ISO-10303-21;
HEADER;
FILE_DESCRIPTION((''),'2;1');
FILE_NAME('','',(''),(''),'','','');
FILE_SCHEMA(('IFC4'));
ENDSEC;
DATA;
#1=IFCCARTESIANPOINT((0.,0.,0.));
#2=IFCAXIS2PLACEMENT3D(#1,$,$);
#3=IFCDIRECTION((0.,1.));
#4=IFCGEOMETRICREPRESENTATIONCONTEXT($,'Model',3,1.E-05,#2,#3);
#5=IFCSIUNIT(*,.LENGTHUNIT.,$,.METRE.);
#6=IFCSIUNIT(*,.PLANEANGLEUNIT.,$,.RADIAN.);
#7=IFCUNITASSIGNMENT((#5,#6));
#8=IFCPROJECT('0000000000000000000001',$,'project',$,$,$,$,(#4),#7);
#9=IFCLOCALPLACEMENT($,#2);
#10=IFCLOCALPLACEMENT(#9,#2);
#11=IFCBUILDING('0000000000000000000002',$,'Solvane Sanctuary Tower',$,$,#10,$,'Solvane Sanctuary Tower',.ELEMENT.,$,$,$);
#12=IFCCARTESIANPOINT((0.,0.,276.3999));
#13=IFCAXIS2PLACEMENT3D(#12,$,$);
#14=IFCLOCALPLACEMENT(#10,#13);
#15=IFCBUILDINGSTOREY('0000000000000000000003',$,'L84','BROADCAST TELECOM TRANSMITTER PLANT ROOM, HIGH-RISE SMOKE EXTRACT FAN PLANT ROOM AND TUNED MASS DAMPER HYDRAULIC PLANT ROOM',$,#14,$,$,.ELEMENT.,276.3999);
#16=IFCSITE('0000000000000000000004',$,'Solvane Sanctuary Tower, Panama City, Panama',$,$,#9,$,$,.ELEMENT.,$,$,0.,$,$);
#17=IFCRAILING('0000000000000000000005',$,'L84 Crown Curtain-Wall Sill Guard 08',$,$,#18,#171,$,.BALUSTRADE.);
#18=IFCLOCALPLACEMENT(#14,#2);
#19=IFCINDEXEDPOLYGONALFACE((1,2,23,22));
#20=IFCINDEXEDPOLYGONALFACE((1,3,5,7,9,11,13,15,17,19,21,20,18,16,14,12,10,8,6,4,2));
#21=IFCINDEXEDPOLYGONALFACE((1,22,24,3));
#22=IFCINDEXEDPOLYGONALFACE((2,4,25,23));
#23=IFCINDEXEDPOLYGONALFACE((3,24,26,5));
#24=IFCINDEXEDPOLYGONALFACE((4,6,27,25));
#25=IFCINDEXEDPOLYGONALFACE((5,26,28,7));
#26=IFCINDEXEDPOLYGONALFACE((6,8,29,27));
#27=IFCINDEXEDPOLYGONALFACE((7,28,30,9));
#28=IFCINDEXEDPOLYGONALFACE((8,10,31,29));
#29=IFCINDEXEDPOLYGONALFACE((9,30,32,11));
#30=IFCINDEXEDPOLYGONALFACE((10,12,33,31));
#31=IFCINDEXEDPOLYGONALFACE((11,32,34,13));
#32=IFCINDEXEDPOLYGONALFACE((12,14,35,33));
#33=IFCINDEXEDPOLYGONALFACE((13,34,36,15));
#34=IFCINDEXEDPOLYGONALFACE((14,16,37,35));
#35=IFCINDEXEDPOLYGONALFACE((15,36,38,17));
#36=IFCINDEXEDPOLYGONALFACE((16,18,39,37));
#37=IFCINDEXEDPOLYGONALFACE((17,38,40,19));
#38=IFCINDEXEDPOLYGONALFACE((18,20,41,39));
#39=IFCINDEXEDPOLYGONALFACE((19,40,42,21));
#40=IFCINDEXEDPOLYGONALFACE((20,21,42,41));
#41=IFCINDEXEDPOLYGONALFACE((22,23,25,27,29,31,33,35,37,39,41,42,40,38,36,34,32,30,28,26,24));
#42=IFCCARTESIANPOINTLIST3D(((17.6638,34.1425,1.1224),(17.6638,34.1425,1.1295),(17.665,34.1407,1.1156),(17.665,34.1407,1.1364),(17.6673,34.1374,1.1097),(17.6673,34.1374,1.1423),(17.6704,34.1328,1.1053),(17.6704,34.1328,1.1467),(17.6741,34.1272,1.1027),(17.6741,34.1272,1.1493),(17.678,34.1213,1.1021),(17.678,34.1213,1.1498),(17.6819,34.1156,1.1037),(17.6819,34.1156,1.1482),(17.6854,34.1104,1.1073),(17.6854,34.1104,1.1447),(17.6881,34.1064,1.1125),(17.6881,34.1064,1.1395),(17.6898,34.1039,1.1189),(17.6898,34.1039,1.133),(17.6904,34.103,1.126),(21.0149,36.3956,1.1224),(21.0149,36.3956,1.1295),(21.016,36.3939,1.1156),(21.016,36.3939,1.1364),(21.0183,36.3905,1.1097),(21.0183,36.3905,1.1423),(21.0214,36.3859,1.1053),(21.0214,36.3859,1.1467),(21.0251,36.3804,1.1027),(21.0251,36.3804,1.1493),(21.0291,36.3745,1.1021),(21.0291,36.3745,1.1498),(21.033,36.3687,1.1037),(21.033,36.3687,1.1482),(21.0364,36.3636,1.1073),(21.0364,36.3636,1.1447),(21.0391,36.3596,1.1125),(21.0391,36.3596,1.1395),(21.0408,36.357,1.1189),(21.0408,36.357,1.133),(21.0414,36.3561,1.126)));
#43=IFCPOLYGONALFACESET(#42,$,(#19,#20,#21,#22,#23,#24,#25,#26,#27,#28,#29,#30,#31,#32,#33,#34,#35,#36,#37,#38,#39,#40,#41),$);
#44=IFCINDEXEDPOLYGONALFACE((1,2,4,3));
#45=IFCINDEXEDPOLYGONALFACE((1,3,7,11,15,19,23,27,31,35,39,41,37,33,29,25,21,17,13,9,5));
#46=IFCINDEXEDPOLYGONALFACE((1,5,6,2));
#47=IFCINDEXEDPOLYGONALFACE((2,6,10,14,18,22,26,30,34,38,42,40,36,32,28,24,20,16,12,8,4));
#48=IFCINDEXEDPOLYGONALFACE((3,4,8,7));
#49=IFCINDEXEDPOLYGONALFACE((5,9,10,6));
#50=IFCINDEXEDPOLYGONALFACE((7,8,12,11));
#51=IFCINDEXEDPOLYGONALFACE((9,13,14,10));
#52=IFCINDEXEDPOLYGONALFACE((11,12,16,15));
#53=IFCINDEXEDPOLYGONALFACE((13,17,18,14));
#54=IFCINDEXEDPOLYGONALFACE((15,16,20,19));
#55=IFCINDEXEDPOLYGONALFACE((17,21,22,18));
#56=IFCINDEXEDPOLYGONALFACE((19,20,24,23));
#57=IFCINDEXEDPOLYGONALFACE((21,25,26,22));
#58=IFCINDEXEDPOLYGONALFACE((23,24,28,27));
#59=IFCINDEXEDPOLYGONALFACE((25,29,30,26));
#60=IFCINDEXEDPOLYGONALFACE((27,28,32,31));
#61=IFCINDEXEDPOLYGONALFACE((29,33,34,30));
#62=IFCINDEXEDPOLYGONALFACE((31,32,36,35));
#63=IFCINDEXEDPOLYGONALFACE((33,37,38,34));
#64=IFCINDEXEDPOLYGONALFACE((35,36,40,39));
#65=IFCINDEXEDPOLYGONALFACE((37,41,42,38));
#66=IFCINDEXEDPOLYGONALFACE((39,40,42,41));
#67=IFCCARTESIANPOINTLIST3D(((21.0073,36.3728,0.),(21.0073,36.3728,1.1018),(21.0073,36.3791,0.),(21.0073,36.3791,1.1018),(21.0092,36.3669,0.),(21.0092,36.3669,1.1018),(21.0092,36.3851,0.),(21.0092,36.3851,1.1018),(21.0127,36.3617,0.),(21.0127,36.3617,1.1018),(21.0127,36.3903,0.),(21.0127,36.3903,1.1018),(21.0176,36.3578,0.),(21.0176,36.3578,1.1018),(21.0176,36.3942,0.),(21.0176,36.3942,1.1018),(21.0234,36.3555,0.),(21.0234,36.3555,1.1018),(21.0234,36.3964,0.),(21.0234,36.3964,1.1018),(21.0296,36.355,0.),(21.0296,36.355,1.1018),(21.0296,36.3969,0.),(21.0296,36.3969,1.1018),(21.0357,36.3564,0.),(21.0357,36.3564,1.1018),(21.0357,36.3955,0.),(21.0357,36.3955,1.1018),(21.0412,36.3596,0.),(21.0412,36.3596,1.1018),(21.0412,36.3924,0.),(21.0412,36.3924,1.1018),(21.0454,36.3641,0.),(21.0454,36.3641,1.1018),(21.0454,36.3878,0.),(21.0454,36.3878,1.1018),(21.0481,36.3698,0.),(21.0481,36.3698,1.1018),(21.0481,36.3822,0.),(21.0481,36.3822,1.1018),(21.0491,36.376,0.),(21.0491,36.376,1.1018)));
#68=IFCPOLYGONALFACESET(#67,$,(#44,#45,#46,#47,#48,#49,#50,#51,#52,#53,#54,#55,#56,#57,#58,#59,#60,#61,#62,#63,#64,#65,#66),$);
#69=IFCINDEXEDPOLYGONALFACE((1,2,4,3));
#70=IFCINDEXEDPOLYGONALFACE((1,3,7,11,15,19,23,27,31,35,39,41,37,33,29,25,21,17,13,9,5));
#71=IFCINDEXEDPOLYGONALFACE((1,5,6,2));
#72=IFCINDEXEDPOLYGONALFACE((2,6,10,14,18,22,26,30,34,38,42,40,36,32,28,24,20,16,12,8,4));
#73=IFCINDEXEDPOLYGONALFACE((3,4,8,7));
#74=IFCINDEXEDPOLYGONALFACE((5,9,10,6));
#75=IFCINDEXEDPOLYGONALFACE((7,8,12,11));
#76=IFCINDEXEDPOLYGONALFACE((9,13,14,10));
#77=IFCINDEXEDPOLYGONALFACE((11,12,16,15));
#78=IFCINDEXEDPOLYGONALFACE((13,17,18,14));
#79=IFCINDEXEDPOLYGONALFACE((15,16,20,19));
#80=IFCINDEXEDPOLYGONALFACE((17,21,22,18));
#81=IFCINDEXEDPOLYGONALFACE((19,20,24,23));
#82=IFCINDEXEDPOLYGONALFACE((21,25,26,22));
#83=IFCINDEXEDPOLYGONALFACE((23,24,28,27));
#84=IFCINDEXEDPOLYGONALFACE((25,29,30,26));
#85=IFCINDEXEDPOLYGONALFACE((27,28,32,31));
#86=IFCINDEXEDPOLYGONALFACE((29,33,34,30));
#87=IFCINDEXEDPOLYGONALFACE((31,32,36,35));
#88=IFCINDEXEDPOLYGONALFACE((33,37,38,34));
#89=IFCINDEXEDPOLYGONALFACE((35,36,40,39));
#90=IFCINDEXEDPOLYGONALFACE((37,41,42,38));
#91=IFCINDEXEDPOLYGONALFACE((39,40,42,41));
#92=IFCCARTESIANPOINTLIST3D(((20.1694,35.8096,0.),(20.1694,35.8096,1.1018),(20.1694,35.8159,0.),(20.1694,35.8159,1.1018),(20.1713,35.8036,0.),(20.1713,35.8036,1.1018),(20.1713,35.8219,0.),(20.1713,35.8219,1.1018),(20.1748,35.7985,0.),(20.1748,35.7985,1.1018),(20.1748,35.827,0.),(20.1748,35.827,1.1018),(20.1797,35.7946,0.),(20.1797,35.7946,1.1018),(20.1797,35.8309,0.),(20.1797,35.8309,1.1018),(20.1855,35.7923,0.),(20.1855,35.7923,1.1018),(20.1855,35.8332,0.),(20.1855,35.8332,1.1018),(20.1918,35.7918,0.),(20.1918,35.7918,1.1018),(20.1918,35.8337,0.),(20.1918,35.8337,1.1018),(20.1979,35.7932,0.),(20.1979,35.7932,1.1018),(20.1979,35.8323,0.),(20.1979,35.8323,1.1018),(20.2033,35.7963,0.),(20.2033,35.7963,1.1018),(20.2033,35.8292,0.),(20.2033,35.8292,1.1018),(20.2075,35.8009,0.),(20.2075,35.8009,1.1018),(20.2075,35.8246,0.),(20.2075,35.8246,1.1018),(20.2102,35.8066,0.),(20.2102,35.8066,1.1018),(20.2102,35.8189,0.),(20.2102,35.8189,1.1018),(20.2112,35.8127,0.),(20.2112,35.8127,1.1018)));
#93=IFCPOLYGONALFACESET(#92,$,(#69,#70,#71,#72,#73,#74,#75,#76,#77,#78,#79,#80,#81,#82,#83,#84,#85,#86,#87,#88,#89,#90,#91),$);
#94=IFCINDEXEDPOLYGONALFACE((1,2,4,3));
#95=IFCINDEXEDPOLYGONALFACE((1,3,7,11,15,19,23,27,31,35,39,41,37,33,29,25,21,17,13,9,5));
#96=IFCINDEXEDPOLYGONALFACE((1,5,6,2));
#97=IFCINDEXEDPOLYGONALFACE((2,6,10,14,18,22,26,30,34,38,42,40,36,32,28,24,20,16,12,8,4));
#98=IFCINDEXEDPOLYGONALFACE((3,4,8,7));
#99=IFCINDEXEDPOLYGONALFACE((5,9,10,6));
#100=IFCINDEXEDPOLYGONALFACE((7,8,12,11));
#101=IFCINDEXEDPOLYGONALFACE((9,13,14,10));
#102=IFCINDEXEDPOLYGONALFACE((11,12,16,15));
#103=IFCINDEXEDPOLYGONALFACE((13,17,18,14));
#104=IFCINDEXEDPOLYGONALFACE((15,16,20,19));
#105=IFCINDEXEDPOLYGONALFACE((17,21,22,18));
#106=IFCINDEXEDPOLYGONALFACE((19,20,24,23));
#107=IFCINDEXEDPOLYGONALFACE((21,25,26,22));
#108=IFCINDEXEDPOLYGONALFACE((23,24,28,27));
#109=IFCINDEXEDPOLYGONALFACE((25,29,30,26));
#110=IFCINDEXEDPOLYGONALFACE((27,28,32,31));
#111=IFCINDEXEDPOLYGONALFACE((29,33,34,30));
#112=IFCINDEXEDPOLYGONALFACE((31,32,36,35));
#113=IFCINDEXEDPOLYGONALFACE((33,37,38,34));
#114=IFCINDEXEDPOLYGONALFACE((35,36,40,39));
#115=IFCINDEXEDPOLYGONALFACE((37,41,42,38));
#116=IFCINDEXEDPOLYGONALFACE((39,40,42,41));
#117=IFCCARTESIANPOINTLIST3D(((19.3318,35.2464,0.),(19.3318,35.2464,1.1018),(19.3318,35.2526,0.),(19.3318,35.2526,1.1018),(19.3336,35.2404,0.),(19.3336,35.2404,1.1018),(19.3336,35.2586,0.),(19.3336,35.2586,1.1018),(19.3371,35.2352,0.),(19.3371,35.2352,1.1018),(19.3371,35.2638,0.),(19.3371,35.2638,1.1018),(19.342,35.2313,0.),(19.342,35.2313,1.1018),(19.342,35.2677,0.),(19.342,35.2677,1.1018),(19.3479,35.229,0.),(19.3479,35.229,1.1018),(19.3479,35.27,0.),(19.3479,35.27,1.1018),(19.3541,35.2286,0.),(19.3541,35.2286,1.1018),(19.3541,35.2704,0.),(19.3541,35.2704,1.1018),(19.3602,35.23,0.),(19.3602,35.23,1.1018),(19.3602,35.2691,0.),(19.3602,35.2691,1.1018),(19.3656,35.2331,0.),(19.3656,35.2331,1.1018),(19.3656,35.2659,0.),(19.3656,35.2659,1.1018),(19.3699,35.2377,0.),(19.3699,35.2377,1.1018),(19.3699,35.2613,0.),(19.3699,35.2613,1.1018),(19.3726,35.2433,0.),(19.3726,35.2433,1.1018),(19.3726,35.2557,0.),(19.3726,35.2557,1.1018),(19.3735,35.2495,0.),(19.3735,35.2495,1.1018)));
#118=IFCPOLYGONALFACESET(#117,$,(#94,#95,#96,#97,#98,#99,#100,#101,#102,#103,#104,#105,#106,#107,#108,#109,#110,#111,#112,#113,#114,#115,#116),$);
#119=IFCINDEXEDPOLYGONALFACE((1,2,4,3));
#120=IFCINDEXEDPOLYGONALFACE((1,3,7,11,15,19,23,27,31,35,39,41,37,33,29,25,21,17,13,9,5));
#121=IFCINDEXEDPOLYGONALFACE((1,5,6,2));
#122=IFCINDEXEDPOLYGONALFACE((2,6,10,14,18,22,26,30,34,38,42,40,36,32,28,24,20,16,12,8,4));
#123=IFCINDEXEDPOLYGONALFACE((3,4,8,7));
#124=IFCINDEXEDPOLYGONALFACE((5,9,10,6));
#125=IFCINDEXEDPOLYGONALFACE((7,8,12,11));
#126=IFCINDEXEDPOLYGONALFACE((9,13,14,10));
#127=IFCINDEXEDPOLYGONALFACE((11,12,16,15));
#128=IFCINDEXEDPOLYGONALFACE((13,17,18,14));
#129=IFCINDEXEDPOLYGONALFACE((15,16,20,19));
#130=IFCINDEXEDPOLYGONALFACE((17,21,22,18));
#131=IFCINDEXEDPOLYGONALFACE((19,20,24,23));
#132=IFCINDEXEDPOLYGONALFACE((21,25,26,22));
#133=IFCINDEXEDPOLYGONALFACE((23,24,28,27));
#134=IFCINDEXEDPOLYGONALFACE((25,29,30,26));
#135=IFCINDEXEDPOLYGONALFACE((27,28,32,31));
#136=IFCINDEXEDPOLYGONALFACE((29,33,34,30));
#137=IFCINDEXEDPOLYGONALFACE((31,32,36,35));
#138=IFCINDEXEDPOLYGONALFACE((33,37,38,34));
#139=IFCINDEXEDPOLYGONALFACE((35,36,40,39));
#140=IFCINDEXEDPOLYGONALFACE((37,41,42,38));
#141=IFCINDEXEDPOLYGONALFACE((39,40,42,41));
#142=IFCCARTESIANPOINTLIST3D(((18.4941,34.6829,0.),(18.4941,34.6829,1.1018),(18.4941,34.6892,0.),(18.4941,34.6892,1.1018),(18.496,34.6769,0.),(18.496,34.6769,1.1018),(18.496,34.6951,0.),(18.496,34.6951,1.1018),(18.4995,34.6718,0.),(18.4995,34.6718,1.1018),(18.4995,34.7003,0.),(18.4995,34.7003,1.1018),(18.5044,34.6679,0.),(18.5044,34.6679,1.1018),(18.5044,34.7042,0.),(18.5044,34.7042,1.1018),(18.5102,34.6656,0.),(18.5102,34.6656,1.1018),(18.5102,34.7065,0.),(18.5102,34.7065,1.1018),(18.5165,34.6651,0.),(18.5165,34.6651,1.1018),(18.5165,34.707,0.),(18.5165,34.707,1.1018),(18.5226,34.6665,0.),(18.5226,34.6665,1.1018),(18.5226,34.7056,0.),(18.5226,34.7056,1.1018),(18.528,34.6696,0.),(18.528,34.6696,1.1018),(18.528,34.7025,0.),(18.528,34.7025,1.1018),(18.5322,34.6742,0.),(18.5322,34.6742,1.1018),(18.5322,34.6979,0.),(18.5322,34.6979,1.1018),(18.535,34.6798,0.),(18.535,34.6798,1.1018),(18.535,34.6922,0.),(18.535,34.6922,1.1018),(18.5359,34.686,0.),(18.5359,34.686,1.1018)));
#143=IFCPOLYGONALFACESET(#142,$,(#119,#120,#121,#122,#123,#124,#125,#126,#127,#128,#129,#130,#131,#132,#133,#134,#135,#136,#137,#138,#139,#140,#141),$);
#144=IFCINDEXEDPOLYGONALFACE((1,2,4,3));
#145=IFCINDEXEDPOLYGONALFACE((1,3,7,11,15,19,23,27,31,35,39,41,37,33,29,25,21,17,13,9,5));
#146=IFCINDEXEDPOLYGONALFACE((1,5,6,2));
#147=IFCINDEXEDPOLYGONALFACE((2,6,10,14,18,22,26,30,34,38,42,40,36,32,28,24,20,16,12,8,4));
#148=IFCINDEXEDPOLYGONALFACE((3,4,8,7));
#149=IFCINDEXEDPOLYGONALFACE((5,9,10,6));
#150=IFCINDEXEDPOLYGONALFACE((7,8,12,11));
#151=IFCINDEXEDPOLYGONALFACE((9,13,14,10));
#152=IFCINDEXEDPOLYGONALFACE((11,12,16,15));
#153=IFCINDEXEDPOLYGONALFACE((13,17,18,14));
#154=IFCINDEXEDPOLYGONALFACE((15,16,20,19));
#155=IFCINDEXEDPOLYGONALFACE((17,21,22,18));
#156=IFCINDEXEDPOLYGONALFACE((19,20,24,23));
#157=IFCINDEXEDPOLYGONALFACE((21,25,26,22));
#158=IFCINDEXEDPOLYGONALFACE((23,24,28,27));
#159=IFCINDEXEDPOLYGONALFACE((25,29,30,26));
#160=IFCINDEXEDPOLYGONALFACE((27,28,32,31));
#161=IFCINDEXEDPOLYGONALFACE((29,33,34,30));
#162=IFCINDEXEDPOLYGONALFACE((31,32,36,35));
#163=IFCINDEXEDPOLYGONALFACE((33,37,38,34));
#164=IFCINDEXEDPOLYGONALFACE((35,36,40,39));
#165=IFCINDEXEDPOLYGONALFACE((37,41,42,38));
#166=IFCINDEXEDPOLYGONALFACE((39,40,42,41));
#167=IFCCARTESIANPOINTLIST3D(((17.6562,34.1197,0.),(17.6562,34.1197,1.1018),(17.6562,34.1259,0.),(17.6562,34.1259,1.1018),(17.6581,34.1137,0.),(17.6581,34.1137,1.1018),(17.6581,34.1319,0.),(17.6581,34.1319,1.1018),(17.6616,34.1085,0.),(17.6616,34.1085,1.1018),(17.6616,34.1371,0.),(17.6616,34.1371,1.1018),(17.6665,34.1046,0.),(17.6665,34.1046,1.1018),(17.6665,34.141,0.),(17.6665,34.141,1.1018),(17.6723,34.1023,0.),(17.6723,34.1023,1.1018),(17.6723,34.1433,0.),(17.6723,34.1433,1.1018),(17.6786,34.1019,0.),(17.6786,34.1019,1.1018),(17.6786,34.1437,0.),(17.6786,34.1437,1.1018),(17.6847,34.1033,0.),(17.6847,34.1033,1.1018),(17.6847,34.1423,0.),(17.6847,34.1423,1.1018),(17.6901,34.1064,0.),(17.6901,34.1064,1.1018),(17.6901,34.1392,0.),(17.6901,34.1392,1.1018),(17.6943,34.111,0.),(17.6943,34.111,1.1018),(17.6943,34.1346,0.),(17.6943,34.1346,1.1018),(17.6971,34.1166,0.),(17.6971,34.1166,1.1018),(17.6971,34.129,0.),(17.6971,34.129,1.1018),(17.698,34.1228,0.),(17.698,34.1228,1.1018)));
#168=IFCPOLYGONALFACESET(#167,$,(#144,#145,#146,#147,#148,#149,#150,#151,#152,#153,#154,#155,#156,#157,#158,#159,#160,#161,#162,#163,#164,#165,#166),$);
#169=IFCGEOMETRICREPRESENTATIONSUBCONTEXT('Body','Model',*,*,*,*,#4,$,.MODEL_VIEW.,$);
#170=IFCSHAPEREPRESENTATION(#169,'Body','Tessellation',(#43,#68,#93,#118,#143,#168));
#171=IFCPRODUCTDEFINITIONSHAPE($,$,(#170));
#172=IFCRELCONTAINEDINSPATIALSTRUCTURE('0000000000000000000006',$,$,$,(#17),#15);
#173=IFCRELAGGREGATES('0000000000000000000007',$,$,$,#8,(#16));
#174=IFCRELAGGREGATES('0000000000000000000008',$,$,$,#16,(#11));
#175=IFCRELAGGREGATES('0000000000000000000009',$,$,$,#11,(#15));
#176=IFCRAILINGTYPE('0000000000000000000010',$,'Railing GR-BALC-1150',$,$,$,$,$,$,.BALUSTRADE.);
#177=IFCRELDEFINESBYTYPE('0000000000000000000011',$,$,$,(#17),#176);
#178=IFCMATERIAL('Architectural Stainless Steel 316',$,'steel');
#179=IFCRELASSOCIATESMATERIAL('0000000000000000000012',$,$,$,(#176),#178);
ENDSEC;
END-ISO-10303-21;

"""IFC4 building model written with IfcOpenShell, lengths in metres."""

from ifc_helpers import new_model, si_unit, direction, frame, origin, origin_2d, place, context, subcontext, project, spatial, circle, extrude, material, type_object, element, save


model = new_model("IFC4")

# Units and contexts
model_context = context("Model", 3, precision=1e-05, world=origin(), true_north=direction((0.0, 1.0)))
body_context = subcontext(model_context, "Body", "Model", "MODEL_VIEW")
ifc_project = project(units=[si_unit("LENGTHUNIT", "METRE"), si_unit("PLANEANGLEUNIT", "RADIAN")], contexts=[model_context])

# Site, building, storey
site_placement = place(None, origin())
site = spatial("IfcSite", under=ifc_project, at=site_placement, Name="Solvane Sanctuary Tower, Panama City, Panama", CompositionType="ELEMENT", RefElevation=0.0)
building_placement = place(site_placement, origin())
building = spatial("IfcBuilding", under=site, at=building_placement, Name="Solvane Sanctuary Tower", LongName="Solvane Sanctuary Tower", CompositionType="ELEMENT")
storey_placement = place(building_placement, frame((0.0, 0.0, 276.3999)))
storey = spatial("IfcBuildingStorey", under=building, at=storey_placement, Name="L84", Description="BROADCAST TELECOM TRANSMITTER PLANT ROOM, HIGH-RISE SMOKE EXTRACT FAN PLANT ROOM AND TUNED MASS DAMPER HYDRAULIC PLANT ROOM", CompositionType="ELEMENT", Elevation=276.3999)

# Railing
ifc_material_1 = material(Name="Architectural Stainless Steel 316", Category="steel")
railing_type = type_object("IfcRailingType", Name="Railing GR-BALC-1150", PredefinedType="BALUSTRADE", material=ifc_material_1)
railing_1_placement = place(storey_placement, frame((21.0281, 36.376, 0.0)))
element("IfcRailing", 1, at=railing_1_placement, inside=storey, type_object=railing_type, Name="L84 Crown Curtain-Wall Sill Guard 08", PredefinedType="BALUSTRADE", context=body_context, shape_type="SweptSolid", body=[
    extrude(circle(Radius=0.0239, at=origin_2d()), frame((0.0, 0.0, 1.126), z_axis=(-0.829858, -0.557975, 0.0), x_axis=(0.557975, -0.829858, 0.0)), (0.0, 0.0, 1.0), 4.0381),
    extrude(circle(Radius=0.021, at=origin_2d()), origin(), (0.0, 0.0, 1.0), 1.1018),
    extrude(circle(Radius=0.021, at=origin_2d()), frame((-0.8379, -0.5632, 0.0)), (0.0, 0.0, 1.0), 1.1018),
    extrude(circle(Radius=0.021, at=origin_2d()), frame((-1.6755, -1.1265, 0.0)), (0.0, 0.0, 1.0), 1.1018),
    extrude(circle(Radius=0.021, at=origin_2d()), frame((-2.5132, -1.6899, 0.0)), (0.0, 0.0, 1.0), 1.1018),
    extrude(circle(Radius=0.021, at=origin_2d()), frame((-3.3511, -2.2532, 0.0)), (0.0, 0.0, 1.0), 1.1018),
])

save(model, "model.ifc")
